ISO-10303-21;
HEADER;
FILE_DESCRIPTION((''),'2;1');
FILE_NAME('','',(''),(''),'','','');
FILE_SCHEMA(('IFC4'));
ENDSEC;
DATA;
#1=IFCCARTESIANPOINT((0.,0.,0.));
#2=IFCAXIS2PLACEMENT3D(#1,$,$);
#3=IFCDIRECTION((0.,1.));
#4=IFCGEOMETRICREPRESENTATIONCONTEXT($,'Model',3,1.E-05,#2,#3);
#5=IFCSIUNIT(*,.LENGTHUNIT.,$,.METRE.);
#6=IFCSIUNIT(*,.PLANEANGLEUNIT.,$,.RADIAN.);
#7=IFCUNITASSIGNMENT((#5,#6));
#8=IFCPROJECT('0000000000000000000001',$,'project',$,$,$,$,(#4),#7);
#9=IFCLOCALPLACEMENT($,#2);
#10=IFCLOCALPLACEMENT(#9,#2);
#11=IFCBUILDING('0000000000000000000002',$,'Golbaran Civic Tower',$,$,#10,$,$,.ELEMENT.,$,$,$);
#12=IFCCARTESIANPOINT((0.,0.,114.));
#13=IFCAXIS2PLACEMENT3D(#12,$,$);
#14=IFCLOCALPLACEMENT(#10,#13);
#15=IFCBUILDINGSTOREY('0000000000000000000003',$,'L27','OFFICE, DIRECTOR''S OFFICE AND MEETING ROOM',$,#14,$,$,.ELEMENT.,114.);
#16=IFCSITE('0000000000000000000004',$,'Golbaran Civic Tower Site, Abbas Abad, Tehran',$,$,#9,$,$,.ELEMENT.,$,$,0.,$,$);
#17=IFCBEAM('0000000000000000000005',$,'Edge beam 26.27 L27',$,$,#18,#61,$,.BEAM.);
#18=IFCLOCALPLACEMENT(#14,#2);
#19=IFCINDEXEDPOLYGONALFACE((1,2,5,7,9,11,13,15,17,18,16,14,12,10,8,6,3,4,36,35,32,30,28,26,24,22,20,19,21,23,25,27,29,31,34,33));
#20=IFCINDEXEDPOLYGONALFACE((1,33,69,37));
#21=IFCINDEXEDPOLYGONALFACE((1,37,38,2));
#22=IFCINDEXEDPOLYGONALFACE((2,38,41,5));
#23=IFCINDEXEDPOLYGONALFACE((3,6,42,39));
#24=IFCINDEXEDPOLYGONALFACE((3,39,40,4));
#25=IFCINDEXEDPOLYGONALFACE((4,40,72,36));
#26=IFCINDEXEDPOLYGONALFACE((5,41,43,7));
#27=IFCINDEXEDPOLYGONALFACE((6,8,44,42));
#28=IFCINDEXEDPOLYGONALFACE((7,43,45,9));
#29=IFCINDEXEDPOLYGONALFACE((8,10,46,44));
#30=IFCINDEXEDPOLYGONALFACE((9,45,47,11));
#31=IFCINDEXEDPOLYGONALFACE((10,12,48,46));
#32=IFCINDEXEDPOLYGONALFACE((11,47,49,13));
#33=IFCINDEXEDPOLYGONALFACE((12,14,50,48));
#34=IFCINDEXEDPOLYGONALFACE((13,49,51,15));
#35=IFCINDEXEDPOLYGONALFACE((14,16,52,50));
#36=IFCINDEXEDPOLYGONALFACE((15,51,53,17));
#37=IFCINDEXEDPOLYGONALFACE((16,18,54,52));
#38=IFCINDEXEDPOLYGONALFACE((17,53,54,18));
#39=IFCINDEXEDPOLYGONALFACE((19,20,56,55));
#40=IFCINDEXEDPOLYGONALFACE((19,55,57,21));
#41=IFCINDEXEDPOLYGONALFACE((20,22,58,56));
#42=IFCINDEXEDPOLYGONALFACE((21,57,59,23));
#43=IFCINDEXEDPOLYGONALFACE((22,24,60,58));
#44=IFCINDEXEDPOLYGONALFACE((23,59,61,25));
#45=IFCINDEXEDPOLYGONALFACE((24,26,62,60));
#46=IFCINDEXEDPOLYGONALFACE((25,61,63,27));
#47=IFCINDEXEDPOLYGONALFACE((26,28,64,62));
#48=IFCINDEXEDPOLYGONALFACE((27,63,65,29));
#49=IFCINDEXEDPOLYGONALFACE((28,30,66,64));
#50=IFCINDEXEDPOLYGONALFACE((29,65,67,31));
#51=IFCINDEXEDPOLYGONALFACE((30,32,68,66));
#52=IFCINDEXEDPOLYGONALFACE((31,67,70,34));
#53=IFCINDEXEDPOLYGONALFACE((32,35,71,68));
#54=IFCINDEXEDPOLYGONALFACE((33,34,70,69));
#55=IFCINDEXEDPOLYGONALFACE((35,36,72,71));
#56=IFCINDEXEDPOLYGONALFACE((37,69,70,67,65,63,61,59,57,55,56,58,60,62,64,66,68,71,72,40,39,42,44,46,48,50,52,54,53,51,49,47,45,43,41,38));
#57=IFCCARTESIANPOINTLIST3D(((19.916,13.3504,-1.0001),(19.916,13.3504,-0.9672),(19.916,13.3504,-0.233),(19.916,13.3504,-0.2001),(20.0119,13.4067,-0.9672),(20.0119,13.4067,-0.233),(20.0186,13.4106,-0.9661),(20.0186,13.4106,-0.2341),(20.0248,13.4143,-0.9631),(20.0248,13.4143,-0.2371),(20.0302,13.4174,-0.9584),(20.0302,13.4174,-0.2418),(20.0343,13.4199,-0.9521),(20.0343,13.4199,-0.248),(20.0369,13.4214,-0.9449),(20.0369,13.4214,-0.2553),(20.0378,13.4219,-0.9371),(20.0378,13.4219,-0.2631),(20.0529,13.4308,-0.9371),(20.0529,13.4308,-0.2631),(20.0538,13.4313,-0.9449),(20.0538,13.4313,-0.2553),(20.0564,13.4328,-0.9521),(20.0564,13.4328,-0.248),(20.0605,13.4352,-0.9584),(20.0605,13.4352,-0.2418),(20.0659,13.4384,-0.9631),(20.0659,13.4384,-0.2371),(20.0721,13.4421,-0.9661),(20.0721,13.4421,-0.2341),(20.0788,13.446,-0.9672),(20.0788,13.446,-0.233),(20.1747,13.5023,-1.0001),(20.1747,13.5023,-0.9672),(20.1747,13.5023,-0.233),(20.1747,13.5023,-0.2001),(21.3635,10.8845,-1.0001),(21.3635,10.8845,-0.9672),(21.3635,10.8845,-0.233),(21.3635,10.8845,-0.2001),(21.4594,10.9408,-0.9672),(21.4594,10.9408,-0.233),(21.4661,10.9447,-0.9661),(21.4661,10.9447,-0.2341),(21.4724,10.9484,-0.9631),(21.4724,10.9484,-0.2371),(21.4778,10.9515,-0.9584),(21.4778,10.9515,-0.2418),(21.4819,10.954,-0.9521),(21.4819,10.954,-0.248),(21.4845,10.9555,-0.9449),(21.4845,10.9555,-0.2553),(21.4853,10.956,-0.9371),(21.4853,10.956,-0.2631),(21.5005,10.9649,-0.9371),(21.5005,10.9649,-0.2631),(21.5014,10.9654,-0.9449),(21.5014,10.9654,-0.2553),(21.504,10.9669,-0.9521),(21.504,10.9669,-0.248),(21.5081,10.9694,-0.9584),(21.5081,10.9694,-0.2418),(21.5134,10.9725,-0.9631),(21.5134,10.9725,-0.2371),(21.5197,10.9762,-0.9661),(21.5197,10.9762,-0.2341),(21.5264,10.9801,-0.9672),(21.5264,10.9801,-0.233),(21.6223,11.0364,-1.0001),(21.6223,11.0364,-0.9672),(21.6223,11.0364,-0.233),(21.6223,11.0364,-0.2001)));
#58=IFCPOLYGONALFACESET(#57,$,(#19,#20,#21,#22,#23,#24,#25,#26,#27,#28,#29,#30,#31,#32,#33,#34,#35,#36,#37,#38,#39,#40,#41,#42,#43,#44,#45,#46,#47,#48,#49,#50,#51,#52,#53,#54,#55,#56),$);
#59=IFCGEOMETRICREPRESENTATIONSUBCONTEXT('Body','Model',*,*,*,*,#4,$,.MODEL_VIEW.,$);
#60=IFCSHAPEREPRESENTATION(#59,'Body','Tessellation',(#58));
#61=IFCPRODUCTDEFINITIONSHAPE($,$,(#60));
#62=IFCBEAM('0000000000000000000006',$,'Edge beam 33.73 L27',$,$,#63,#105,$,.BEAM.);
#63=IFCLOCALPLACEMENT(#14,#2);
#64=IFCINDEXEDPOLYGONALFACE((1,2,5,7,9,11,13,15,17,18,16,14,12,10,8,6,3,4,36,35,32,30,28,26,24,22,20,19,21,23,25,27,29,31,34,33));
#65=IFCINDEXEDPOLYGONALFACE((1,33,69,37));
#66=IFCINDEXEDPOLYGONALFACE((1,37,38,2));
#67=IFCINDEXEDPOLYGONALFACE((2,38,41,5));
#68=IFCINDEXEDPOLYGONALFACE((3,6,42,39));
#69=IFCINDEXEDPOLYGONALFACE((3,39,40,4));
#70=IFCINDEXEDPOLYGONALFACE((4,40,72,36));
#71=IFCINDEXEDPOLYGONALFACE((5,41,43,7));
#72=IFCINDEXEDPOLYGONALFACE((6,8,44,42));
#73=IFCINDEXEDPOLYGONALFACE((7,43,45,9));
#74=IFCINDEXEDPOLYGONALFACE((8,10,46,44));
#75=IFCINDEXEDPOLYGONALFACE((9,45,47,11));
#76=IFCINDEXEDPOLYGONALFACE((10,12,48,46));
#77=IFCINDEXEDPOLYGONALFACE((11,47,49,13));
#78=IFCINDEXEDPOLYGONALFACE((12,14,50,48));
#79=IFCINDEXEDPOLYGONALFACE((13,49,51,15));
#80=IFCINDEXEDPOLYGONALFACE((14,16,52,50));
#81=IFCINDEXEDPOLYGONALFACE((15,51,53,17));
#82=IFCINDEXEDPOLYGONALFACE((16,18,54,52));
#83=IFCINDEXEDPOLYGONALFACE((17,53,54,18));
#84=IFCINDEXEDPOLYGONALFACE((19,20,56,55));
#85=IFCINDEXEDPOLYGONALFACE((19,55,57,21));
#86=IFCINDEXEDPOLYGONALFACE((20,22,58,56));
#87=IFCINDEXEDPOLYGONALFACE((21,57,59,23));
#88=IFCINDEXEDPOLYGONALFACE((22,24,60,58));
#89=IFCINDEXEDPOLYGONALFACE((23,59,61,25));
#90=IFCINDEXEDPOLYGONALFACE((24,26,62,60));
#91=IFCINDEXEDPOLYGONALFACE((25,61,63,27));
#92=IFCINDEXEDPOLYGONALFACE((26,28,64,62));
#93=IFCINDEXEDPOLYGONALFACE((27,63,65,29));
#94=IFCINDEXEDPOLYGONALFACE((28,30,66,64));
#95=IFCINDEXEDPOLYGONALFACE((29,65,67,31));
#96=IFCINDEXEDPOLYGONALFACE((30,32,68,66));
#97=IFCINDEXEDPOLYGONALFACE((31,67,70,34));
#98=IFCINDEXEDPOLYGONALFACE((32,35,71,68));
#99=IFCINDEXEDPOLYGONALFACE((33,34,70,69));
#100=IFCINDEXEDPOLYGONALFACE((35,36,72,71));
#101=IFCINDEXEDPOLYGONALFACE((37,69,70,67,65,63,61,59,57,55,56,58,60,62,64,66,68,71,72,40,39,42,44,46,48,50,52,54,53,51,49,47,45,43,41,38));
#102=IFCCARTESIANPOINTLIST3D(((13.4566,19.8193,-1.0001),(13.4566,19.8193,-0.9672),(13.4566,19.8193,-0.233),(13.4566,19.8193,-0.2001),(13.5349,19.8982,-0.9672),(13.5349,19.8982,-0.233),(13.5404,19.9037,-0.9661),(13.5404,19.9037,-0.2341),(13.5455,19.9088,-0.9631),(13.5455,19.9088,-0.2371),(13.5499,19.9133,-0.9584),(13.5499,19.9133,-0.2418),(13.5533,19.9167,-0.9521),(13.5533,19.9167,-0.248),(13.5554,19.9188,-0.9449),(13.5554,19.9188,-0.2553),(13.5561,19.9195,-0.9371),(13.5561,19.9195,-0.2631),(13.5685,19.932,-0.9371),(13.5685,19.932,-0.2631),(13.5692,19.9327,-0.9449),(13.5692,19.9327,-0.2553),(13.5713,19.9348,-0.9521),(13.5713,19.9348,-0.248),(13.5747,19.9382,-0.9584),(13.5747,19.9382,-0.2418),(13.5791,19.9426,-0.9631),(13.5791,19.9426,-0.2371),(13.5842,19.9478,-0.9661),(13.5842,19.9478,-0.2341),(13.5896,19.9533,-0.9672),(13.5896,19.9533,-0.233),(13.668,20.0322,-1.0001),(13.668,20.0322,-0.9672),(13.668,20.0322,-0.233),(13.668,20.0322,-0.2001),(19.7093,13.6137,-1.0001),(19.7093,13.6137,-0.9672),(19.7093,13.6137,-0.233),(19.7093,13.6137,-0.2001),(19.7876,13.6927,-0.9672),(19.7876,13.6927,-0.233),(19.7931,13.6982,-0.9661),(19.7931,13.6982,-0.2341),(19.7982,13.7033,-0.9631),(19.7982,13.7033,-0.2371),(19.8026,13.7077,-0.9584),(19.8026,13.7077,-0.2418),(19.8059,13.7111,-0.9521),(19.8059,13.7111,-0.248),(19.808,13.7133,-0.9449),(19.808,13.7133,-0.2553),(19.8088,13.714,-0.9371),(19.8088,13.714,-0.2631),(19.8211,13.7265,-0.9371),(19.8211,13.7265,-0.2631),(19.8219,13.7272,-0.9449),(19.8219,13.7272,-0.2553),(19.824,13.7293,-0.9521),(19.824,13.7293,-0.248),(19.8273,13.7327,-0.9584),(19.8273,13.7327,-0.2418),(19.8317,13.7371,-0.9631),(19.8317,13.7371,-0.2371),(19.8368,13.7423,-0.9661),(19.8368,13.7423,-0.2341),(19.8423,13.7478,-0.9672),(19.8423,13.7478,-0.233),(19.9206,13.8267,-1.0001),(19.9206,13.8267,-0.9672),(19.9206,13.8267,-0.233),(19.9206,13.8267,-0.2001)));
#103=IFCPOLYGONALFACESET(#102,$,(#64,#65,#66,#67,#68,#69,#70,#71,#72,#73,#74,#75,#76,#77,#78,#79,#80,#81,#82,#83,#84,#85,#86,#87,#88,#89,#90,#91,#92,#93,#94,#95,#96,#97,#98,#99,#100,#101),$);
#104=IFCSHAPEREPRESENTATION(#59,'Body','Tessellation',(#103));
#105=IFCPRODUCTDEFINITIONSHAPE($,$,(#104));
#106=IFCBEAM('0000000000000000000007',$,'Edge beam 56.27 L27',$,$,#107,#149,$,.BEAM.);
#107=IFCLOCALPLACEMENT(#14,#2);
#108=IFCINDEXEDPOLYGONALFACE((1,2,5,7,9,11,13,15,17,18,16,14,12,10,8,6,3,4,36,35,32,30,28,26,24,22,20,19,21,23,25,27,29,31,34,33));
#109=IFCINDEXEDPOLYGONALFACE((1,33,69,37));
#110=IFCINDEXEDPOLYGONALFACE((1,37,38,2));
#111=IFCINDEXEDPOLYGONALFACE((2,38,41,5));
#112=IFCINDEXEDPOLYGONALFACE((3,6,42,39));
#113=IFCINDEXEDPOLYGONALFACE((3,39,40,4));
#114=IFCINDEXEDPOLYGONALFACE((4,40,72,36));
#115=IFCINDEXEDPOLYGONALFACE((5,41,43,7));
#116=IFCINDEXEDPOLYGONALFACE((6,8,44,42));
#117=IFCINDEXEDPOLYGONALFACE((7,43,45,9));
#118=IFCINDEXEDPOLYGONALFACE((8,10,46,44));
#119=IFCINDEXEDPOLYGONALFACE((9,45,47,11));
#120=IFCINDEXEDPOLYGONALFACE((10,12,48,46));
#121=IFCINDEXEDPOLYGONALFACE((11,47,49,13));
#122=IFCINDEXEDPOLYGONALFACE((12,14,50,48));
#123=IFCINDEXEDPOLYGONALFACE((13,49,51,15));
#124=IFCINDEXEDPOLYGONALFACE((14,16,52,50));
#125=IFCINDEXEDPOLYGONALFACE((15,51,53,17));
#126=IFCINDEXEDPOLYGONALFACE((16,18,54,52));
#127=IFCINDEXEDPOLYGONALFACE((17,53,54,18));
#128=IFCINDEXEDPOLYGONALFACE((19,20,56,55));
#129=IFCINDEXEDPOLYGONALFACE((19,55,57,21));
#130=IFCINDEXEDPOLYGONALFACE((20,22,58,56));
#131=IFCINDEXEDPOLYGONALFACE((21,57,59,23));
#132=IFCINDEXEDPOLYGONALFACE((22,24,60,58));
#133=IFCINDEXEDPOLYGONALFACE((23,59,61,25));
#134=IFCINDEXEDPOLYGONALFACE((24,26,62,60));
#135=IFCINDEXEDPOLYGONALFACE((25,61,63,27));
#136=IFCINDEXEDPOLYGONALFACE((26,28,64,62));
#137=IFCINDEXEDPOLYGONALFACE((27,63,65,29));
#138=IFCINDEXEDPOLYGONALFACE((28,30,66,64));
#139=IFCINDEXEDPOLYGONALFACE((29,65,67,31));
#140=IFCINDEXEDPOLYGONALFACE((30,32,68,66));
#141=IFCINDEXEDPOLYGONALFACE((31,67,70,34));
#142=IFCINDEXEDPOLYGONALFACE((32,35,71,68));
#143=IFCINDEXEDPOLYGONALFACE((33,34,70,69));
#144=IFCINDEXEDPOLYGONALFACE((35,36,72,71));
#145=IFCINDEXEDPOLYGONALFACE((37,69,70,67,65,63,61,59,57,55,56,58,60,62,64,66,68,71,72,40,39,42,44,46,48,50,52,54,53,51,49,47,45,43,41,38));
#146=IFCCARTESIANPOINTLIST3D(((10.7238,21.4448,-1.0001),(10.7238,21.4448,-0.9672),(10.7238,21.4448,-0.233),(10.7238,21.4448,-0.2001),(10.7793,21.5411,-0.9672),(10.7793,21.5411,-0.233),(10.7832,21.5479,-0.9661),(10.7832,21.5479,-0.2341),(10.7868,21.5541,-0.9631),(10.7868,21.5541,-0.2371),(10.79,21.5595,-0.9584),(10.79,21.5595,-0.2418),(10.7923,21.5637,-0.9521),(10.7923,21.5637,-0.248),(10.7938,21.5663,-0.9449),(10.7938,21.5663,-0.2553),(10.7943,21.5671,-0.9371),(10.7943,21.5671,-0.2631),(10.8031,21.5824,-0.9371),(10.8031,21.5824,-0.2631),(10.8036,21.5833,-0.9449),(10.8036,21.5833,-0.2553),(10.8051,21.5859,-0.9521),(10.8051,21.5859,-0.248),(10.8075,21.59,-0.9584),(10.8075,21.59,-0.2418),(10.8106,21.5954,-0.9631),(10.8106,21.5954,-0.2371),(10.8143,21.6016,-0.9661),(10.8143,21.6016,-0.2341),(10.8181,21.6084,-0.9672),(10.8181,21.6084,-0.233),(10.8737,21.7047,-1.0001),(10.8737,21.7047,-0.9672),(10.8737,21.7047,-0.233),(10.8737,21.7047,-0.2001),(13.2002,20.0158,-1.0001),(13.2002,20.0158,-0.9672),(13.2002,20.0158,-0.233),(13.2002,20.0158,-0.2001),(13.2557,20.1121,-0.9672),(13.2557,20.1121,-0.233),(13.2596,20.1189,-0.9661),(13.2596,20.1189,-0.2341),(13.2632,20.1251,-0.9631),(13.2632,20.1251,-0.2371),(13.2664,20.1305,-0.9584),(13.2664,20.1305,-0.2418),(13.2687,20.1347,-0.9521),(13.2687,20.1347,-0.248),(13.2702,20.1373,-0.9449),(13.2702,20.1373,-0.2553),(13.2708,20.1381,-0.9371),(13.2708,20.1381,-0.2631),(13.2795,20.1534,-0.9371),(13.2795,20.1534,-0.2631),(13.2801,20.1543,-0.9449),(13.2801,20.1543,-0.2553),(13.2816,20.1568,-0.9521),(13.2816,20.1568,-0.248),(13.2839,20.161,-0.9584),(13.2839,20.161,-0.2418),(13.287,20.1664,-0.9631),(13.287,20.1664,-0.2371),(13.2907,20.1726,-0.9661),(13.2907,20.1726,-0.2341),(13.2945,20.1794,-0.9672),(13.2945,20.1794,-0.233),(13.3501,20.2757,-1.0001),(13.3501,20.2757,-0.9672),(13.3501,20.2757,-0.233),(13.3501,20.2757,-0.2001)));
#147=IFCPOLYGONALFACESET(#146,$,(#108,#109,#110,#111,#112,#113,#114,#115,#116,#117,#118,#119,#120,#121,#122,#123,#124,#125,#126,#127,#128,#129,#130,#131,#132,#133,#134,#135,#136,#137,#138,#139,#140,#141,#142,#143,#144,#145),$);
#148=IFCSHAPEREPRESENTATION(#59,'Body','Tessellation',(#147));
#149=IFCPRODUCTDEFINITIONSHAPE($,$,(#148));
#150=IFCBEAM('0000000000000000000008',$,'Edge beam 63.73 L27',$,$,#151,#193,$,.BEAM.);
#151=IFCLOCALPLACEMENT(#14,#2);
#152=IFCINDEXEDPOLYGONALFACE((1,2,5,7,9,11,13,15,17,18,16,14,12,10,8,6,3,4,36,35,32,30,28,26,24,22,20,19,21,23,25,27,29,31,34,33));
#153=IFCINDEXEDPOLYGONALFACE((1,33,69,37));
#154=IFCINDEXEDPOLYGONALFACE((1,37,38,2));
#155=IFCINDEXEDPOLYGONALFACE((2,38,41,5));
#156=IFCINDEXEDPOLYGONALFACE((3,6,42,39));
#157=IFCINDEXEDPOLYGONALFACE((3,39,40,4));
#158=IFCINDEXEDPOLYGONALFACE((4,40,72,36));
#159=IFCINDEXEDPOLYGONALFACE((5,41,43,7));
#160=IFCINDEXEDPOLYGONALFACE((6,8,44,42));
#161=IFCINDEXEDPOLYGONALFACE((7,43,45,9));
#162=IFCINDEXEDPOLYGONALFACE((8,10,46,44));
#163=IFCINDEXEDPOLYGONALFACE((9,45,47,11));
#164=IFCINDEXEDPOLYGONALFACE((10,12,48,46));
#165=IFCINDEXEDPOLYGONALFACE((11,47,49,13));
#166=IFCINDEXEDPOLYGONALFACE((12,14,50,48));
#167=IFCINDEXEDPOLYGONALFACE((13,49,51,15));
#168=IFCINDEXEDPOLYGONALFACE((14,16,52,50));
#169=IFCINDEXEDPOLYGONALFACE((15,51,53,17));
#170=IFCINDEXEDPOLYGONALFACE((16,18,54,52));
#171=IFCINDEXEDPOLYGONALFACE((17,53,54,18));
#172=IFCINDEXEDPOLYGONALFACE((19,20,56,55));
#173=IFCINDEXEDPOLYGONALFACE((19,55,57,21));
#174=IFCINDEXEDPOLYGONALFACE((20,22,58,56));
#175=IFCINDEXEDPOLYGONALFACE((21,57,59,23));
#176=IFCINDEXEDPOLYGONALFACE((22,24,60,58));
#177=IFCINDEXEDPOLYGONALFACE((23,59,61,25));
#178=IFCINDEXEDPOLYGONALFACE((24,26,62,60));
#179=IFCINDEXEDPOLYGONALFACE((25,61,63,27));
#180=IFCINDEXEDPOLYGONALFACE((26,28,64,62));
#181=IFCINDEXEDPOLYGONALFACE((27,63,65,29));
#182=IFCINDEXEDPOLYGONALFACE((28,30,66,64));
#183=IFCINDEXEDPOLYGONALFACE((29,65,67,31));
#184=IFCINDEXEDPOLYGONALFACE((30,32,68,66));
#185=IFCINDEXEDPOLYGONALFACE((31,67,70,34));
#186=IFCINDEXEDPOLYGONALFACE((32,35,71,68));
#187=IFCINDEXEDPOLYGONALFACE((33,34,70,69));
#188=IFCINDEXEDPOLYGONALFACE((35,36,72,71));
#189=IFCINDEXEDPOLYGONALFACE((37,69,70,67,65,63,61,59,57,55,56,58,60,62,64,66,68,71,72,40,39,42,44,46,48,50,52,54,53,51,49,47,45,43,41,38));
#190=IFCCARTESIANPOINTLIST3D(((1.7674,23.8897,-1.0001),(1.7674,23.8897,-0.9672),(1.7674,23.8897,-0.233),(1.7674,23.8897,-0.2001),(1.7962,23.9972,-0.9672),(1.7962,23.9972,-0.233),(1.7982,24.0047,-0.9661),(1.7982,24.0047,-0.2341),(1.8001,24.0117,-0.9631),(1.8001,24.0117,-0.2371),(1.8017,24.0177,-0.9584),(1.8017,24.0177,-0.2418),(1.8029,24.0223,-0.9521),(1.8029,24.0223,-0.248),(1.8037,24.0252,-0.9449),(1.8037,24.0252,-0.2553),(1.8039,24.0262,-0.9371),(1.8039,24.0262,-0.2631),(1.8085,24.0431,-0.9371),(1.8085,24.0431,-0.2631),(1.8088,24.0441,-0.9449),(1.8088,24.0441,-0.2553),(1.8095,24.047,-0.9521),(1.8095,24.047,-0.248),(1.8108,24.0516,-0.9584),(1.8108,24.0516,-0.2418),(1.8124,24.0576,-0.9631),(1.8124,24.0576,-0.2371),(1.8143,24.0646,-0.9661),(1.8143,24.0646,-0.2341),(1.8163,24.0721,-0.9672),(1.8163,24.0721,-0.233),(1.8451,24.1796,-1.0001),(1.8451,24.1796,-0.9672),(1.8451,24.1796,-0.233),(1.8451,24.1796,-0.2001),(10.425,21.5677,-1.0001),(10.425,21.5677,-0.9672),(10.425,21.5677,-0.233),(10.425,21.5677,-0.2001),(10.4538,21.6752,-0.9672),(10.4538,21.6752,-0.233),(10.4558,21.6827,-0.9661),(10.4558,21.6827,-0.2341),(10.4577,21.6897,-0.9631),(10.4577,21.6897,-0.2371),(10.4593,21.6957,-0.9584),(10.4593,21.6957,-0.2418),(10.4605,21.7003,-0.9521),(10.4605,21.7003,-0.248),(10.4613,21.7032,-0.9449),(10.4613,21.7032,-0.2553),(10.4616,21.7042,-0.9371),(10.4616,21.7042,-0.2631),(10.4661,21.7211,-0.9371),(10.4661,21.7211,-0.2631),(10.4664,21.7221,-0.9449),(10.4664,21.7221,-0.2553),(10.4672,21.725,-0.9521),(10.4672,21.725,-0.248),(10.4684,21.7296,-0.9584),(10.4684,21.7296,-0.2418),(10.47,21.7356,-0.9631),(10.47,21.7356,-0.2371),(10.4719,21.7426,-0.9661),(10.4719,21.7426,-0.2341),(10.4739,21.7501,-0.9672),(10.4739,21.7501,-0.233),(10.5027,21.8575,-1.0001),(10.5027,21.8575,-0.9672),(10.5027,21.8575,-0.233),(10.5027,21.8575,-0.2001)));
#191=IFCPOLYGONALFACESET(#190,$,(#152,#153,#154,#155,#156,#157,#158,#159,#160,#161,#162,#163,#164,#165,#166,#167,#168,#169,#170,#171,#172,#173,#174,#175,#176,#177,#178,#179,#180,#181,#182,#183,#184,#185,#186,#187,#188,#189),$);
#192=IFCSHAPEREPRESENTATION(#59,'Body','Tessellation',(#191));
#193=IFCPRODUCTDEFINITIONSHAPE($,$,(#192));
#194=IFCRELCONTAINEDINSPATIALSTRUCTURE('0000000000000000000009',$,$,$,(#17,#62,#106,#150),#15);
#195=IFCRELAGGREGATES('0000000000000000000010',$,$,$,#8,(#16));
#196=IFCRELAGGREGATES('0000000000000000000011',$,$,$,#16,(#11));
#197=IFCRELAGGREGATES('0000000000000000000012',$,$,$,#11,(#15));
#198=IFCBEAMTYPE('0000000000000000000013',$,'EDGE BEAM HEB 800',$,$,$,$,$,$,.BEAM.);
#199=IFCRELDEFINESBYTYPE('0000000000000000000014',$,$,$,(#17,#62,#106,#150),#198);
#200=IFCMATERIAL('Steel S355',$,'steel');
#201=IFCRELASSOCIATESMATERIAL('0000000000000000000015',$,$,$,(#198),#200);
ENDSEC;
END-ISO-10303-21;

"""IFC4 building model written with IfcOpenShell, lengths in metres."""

from ifc_helpers import new_model, si_unit, direction, frame, origin, origin_2d, place, context, subcontext, project, spatial, i_section, extrude, material, material_profile, profile_set, type_object, element, save


model = new_model("IFC4")

# Units and contexts
model_context = context("Model", 3, precision=1e-05, world=origin(), true_north=direction((0.0, 1.0)))
body_context = subcontext(model_context, "Body", "Model", "MODEL_VIEW")
ifc_project = project(units=[si_unit("LENGTHUNIT", "METRE"), si_unit("PLANEANGLEUNIT", "RADIAN")], contexts=[model_context])

# Site, building, storey
site_placement = place(None, origin())
site = spatial("IfcSite", under=ifc_project, at=site_placement, Name="Golbaran Civic Tower Site, Abbas Abad, Tehran", CompositionType="ELEMENT", RefElevation=0.0)
building_placement = place(site_placement, origin())
building = spatial("IfcBuilding", under=site, at=building_placement, Name="Golbaran Civic Tower", CompositionType="ELEMENT")
storey_placement = place(building_placement, frame((0.0, 0.0, 114.0)))
storey = spatial("IfcBuildingStorey", under=building, at=storey_placement, Name="L27", Description="OFFICE, DIRECTOR'S OFFICE AND MEETING ROOM", CompositionType="ELEMENT", Elevation=114.0)

# Beams
ifc_material_1 = material(Name="Steel S355", Category="steel")
ifc_material_profile_1 = material_profile(ifc_material_1, i_section(OverallWidth=0.3, OverallDepth=0.8, WebThickness=0.0176, FlangeThickness=0.033, FilletRadius=0.03, at=origin_2d()), Name="HEB 800")
ifc_profile_set_1 = profile_set([ifc_material_profile_1], Name="Steel S355")
beam_type_1 = type_object("IfcBeamType", Name="EDGE BEAM HEB 800", PredefinedType="BEAM", material=ifc_profile_set_1)
beam_1_placement = place(storey_placement, frame((21.4929, 10.9604, -0.6001), z_axis=(-0.506248, 0.862388, 0.0), x_axis=(-0.862388, -0.506248, 0.0)))
element("IfcBeam", 1, at=beam_1_placement, inside=storey, type_object=beam_type_1, Name="Edge beam 26.27 L27", PredefinedType="BEAM", context=body_context, shape_type="SweptSolid", body=[
    extrude(i_section(OverallWidth=0.3, OverallDepth=0.8, WebThickness=0.0176, FlangeThickness=0.033, FilletRadius=0.03, at=origin_2d()), origin(), (0.0, 0.0, 1.0), 2.8594),
])
beam_2_placement = place(storey_placement, frame((19.8149, 13.7202, -0.6001), z_axis=(-0.709776, 0.704427, 0.0), x_axis=(-0.704427, -0.709776, 0.0)))
element("IfcBeam", 2, at=beam_2_placement, inside=storey, type_object=beam_type_1, Name="Edge beam 33.73 L27", PredefinedType="BEAM", context=body_context, shape_type="SweptSolid", body=[
    extrude(i_section(OverallWidth=0.3, OverallDepth=0.8, WebThickness=0.0176, FlangeThickness=0.033, FilletRadius=0.03, at=origin_2d()), origin(), (0.0, 0.0, 1.0), 8.8093),
])
beam_3_placement = place(storey_placement, frame((13.2751, 20.1458, -0.6001), z_axis=(-0.866139, 0.499804, 0.0), x_axis=(-0.499804, -0.866139, 0.0)))
element("IfcBeam", 3, at=beam_3_placement, inside=storey, type_object=beam_type_1, Name="Edge beam 56.27 L27", PredefinedType="BEAM", context=body_context, shape_type="SweptSolid", body=[
    extrude(i_section(OverallWidth=0.3, OverallDepth=0.8, WebThickness=0.0176, FlangeThickness=0.033, FilletRadius=0.03, at=origin_2d()), origin(), (0.0, 0.0, 1.0), 2.8591),
])
beam_4_placement = place(storey_placement, frame((10.4639, 21.7126, -0.6001), z_axis=(-0.965865, 0.259047, 0.0), x_axis=(-0.259047, -0.965865, 0.0)))
element("IfcBeam", 4, at=beam_4_placement, inside=storey, type_object=beam_type_1, Name="Edge beam 63.73 L27", PredefinedType="BEAM", context=body_context, shape_type="SweptSolid", body=[
    extrude(i_section(OverallWidth=0.3, OverallDepth=0.8, WebThickness=0.0176, FlangeThickness=0.033, FilletRadius=0.03, at=origin_2d()), origin(), (0.0, 0.0, 1.0), 8.9636),
])

save(model, "model.ifc")
